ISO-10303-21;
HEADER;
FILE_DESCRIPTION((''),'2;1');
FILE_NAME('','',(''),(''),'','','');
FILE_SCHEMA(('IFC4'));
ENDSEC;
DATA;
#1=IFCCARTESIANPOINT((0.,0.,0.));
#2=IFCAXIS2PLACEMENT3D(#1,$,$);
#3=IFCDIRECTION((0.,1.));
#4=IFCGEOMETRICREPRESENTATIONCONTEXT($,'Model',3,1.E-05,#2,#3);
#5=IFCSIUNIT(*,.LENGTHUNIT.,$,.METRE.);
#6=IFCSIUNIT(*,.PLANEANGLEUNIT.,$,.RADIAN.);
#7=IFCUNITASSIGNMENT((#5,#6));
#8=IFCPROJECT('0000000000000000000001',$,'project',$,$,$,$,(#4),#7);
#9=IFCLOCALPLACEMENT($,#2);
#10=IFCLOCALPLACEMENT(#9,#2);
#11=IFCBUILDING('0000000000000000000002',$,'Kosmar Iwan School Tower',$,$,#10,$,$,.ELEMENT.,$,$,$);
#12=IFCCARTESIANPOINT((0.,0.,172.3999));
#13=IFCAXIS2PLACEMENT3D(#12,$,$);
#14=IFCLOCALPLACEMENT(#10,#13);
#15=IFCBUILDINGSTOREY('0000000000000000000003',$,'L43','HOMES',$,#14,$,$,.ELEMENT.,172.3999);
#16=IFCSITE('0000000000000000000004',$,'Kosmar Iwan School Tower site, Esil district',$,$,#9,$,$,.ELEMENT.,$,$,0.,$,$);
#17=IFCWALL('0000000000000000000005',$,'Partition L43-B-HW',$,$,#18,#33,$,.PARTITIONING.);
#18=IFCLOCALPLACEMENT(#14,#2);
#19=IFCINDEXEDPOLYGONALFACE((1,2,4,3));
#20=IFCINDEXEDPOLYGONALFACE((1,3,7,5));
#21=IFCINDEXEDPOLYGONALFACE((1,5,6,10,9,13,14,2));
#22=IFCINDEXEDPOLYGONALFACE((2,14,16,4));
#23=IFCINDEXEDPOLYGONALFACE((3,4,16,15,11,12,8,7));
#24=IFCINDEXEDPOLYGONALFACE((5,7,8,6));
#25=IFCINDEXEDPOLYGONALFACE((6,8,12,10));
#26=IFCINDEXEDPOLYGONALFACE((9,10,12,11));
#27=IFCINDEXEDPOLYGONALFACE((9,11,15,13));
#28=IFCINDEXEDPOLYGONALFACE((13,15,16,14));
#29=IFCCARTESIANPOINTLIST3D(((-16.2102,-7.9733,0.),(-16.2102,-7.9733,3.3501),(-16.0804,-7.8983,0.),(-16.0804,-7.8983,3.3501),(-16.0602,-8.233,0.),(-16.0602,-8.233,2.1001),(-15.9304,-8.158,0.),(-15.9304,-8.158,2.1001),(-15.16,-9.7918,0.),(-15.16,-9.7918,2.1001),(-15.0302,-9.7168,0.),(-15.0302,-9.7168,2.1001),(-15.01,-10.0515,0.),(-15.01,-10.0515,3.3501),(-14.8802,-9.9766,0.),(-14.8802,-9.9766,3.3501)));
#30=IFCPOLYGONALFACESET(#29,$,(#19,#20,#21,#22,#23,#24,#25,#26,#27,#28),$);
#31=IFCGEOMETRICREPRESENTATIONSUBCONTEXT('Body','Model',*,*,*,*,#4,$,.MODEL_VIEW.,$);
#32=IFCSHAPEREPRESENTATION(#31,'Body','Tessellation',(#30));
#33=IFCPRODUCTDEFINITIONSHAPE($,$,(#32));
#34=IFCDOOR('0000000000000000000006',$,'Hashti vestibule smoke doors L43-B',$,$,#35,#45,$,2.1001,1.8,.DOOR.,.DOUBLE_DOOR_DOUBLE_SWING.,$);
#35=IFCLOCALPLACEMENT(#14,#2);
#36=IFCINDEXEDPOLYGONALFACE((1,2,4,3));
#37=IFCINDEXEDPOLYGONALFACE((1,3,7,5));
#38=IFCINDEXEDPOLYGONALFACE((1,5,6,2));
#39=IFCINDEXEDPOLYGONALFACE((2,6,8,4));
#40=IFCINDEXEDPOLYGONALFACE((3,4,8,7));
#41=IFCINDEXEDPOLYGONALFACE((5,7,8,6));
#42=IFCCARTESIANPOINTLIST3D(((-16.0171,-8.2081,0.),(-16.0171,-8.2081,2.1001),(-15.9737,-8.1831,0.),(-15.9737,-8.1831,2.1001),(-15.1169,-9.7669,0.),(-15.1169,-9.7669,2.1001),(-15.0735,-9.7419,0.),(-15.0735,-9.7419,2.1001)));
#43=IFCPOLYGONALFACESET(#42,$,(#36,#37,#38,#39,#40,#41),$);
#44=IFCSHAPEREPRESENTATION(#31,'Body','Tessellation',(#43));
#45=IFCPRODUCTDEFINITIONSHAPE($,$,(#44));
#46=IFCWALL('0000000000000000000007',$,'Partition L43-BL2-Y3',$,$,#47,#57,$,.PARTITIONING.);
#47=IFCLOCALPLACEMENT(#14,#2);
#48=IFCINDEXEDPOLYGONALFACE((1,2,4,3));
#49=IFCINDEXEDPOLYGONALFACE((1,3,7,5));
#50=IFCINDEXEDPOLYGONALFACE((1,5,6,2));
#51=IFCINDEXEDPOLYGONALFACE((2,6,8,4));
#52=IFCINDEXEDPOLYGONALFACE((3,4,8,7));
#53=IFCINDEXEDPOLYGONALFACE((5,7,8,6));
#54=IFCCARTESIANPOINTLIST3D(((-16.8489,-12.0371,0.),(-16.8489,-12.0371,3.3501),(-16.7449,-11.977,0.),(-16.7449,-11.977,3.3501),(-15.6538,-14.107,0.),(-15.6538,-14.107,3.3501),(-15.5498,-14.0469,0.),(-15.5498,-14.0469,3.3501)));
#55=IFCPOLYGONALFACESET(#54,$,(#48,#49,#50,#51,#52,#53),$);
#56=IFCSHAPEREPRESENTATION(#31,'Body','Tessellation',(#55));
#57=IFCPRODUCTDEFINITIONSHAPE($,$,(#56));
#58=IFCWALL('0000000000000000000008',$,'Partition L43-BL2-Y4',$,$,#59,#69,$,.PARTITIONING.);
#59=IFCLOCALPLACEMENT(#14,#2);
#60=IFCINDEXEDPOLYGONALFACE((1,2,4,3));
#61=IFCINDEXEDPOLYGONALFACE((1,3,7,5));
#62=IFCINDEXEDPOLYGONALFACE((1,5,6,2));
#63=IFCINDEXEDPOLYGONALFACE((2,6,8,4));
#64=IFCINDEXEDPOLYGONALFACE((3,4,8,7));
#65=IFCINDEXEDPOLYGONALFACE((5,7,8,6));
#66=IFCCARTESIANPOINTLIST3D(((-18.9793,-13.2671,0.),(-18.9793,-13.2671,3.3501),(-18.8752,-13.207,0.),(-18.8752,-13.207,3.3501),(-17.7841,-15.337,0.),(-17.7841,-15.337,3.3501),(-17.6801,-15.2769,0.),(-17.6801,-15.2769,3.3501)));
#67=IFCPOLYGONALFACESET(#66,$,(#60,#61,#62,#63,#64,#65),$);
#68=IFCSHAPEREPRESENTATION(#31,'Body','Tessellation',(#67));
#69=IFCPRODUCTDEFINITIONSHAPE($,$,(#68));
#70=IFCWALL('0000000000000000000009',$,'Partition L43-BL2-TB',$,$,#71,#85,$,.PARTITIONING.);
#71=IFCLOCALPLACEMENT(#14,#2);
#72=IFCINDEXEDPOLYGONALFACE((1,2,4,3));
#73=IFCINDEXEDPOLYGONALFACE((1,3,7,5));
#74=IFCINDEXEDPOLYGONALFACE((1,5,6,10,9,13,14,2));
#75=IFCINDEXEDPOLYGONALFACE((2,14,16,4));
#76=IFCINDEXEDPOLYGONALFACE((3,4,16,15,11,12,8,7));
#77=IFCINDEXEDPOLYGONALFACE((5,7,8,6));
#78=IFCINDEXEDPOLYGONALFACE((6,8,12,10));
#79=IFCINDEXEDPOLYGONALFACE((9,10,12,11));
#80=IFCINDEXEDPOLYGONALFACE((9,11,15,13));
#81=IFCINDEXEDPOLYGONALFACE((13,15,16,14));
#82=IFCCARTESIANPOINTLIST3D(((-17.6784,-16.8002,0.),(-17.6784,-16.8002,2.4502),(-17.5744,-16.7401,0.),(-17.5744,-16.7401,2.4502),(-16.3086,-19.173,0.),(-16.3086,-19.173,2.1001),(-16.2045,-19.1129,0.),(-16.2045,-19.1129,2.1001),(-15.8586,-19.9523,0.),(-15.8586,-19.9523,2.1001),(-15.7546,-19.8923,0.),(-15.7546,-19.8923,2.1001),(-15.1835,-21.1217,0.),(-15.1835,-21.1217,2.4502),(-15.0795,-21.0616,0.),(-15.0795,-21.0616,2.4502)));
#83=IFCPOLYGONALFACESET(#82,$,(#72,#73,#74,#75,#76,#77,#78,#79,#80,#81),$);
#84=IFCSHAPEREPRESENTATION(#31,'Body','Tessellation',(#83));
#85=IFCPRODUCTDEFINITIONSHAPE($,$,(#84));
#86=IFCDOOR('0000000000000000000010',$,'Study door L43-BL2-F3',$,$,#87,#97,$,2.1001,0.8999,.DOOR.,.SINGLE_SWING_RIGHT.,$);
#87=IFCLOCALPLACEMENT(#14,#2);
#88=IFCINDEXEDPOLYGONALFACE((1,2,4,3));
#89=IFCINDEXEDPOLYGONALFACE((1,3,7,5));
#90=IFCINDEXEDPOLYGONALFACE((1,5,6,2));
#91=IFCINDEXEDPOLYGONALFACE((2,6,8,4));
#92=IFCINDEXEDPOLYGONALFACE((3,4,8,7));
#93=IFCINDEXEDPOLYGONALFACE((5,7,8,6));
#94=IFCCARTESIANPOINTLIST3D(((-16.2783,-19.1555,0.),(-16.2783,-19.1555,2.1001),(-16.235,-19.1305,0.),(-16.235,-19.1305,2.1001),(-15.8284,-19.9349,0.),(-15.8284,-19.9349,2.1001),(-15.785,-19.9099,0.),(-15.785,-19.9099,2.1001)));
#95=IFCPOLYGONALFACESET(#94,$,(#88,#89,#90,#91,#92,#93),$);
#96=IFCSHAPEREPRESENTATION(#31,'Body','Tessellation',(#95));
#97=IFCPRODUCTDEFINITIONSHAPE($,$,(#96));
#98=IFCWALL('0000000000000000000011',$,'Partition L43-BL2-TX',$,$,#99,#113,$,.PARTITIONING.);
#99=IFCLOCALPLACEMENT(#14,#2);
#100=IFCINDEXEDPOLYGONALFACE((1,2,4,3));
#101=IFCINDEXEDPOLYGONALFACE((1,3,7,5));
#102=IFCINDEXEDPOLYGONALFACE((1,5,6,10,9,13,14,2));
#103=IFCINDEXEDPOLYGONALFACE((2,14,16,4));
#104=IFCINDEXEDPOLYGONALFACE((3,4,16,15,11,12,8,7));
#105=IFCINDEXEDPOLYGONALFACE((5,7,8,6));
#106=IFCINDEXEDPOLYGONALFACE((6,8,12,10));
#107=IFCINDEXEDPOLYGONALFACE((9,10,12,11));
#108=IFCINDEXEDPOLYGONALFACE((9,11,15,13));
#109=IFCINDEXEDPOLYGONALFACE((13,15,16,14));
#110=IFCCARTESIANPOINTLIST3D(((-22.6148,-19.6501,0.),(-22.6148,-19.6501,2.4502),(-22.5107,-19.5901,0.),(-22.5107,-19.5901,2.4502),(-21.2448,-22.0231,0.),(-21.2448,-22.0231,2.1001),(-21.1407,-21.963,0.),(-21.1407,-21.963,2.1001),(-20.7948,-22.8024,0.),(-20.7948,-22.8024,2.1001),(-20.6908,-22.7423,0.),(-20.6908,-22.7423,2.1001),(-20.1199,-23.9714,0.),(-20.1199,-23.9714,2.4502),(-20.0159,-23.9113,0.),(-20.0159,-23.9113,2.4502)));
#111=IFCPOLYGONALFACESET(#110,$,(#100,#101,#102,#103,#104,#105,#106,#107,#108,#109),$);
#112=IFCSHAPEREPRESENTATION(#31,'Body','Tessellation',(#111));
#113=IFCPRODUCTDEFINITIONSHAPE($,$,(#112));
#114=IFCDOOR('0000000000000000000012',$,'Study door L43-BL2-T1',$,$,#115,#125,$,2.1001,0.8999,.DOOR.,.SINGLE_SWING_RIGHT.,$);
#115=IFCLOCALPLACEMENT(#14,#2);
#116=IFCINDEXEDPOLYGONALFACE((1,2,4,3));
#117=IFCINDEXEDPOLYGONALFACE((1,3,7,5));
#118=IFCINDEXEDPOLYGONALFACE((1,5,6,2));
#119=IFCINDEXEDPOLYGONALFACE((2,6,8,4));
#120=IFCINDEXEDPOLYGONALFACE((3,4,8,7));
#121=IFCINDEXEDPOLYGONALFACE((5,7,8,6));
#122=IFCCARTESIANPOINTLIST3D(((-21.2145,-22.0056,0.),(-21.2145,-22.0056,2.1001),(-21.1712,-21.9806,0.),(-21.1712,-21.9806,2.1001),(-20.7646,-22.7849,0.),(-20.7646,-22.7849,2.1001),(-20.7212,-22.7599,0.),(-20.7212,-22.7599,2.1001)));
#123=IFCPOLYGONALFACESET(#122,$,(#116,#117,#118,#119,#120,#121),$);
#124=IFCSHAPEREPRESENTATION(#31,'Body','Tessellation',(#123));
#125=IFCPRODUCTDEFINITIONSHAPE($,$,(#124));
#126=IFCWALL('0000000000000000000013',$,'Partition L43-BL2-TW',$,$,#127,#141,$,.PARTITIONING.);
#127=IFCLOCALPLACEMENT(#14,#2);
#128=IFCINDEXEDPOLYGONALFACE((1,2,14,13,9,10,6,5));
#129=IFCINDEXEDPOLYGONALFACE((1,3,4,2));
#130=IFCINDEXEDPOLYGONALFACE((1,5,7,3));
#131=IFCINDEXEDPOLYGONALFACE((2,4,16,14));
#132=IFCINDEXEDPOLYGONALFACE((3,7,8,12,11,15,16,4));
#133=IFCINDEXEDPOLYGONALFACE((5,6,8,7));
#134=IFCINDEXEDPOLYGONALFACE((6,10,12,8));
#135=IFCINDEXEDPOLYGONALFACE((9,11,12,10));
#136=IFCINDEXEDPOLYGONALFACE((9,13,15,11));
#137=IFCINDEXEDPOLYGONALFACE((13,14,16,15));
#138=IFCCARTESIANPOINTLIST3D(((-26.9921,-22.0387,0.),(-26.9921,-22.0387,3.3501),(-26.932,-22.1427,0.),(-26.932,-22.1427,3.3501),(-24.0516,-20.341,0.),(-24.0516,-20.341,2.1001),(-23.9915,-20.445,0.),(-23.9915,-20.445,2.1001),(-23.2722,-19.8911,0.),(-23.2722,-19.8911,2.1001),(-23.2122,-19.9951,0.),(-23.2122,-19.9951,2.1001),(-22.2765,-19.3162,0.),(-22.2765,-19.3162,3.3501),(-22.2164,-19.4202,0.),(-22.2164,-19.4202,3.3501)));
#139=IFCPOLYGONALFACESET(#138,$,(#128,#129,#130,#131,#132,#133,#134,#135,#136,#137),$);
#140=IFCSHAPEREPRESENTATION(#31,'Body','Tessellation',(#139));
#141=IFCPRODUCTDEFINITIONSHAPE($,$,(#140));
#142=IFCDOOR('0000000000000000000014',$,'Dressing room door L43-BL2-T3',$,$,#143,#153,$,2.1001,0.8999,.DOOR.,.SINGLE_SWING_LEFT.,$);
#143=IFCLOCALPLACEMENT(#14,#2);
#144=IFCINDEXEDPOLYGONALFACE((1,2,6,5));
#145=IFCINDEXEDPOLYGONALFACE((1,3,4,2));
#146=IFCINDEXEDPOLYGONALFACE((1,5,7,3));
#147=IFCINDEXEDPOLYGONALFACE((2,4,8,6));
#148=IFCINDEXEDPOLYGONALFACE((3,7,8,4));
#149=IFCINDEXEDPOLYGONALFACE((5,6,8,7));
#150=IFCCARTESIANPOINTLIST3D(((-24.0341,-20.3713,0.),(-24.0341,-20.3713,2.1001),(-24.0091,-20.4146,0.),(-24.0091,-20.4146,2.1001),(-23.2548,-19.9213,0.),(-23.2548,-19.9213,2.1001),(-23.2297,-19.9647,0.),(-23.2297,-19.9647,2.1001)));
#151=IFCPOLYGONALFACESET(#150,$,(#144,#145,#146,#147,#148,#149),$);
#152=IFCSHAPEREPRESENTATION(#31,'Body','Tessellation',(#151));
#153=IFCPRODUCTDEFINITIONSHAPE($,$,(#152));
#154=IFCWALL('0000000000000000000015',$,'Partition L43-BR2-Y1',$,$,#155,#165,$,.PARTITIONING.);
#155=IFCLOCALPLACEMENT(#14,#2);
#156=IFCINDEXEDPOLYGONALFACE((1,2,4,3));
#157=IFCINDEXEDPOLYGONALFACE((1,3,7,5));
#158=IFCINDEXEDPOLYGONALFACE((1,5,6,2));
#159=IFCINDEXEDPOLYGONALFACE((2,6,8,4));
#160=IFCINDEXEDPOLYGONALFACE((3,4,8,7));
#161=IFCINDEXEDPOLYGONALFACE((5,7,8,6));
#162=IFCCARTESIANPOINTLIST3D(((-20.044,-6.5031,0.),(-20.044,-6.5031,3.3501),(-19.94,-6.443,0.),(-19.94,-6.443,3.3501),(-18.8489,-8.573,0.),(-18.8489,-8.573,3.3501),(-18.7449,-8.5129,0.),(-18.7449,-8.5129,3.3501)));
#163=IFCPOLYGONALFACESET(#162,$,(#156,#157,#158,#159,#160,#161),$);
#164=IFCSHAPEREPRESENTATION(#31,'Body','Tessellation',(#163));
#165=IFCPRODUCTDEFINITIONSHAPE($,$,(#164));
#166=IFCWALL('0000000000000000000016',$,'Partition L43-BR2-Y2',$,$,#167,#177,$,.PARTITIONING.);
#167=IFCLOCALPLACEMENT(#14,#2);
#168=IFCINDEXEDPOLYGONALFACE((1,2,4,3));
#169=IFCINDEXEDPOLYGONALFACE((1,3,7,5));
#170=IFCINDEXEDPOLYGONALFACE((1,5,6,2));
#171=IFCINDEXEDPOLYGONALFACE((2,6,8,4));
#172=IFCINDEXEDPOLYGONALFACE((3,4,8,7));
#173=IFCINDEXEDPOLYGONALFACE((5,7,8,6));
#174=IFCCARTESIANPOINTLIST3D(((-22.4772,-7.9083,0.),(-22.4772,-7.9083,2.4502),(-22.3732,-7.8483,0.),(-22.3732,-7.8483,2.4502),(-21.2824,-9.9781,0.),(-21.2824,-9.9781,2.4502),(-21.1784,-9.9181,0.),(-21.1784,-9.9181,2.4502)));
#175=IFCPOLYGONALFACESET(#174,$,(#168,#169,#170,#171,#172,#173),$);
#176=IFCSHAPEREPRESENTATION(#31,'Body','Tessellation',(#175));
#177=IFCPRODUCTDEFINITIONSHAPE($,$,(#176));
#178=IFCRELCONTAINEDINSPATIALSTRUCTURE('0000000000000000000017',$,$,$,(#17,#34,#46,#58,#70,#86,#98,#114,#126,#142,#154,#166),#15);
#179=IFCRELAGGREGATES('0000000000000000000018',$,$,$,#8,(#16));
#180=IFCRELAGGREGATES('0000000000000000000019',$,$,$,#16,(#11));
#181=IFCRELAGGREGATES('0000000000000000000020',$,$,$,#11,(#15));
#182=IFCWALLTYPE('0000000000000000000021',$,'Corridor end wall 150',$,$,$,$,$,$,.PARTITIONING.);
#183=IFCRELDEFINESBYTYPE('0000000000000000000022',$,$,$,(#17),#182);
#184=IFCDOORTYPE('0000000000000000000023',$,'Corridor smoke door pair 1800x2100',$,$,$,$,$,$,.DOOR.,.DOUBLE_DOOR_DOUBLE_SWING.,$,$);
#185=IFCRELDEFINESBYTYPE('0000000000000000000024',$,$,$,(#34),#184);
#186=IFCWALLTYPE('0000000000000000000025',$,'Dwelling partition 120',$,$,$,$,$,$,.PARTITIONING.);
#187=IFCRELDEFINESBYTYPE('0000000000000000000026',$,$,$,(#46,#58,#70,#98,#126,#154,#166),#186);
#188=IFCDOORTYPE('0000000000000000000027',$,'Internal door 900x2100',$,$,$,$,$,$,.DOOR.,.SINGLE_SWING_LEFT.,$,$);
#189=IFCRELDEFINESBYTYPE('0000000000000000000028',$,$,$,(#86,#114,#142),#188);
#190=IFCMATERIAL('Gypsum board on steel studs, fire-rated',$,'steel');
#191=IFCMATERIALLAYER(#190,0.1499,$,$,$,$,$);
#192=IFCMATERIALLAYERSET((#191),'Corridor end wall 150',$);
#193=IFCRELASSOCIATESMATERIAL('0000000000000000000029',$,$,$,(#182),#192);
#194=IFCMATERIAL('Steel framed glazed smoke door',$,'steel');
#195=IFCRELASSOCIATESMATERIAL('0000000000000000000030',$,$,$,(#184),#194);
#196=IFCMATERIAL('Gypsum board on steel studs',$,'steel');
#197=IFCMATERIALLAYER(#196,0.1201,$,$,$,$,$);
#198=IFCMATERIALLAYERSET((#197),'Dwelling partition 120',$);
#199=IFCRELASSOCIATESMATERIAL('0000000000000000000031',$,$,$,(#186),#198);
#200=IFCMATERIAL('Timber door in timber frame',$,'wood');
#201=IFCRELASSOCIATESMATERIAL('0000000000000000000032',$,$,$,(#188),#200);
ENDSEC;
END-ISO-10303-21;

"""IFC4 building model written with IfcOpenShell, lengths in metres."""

from ifc_helpers import new_model, si_unit, direction, frame, frame_2d, origin, place, context, subcontext, project, spatial, rectangle, extrude, material, layer, layer_set, type_object, element, fill, save


model = new_model("IFC4")

# Units and contexts
model_context = context("Model", 3, precision=1e-05, world=origin(), true_north=direction((0.0, 1.0)))
body_context = subcontext(model_context, "Body", "Model", "MODEL_VIEW")
ifc_project = project(units=[si_unit("LENGTHUNIT", "METRE"), si_unit("PLANEANGLEUNIT", "RADIAN")], contexts=[model_context])

# Site, building, storey
site_placement = place(None, origin())
site = spatial("IfcSite", under=ifc_project, at=site_placement, Name="Kosmar Iwan School Tower site, Esil district", CompositionType="ELEMENT", RefElevation=0.0)
building_placement = place(site_placement, origin())
building = spatial("IfcBuilding", under=site, at=building_placement, Name="Kosmar Iwan School Tower", CompositionType="ELEMENT")
storey_placement = place(building_placement, frame((0.0, 0.0, 172.3999)))
storey = spatial("IfcBuildingStorey", under=building, at=storey_placement, Name="L43", Description="HOMES", CompositionType="ELEMENT", Elevation=172.3999)

# Wall, opening, door
ifc_material_1 = material(Name="Gypsum board on steel studs, fire-rated", Category="steel")
ifc_layer_1 = layer(ifc_material_1, 0.1499)
ifc_layer_set_1 = layer_set([ifc_layer_1], Name="Corridor end wall 150")
wall_type_1 = type_object("IfcWallType", Name="Corridor end wall 150", PredefinedType="PARTITIONING", material=ifc_layer_set_1)
wall_1_placement = place(storey_placement, frame((-16.1453, -7.9358, 0.0), z_axis=(0.0, 0.0, 1.0), x_axis=(0.500078, -0.865981, 0.0)))
wall_1 = element("IfcWall", 1, at=wall_1_placement, inside=storey, type_object=wall_type_1, Name="Partition L43-B-HW", PredefinedType="PARTITIONING", context=body_context, shape_type="SweptSolid", body=[
    extrude(rectangle(XDim=2.3999, YDim=0.1499, at=frame_2d((1.2, 0.0))), origin(), (0.0, 0.0, 1.0), 3.3501),
])
opening_1_placement = place(wall_1_placement, frame((0.3, 0.0, 0.0)))
opening_1 = element("IfcOpeningElement", 2, at=opening_1_placement, cuts=wall_1, PredefinedType="OPENING", context=body_context, shape_type="SweptSolid", body=[
    extrude(rectangle(XDim=1.8, YDim=2.1001, at=frame_2d((0.8999, 1.05))), frame((0.0, 0.0869, 0.0), z_axis=(0.0, -1.0, 0.0), x_axis=(1.0, 0.0, 0.0)), (0.0, 0.0, 1.0), 0.1738),
])
ifc_material_2 = material(Name="Steel framed glazed smoke door", Category="steel")
door_type_1 = type_object("IfcDoorType", Name="Corridor smoke door pair 1800x2100", OperationType="DOUBLE_DOOR_DOUBLE_SWING", PredefinedType="DOOR", material=ifc_material_2)
door_1_placement = place(opening_1_placement, origin())
door_1 = element("IfcDoor", 3, at=door_1_placement, inside=storey, type_object=door_type_1, Name="Hashti vestibule smoke doors L43-B", OperationType="DOUBLE_DOOR_DOUBLE_SWING", OverallHeight=2.1001, OverallWidth=1.8, PredefinedType="DOOR", context=body_context, shape_type="SweptSolid", body=[
    extrude(rectangle(XDim=1.8, YDim=2.1001, at=frame_2d((0.8999, 1.05))), frame((0.0, 0.0249, 0.0), z_axis=(0.0, -1.0, 0.0), x_axis=(1.0, 0.0, 0.0)), (0.0, 0.0, 1.0), 0.05),
])
fill(opening_1, door_1)

# Walls
ifc_material_3 = material(Name="Gypsum board on steel studs", Category="steel")
ifc_layer_2 = layer(ifc_material_3, 0.1201)
ifc_layer_set_2 = layer_set([ifc_layer_2], Name="Dwelling partition 120")
wall_type_2 = type_object("IfcWallType", Name="Dwelling partition 120", PredefinedType="PARTITIONING", material=ifc_layer_set_2)
for number, where, z_axis, x_axis, name in (
    (4, (-16.7969, -12.0071, 0.0), (0.0, 0.0, 1.0), (0.500017, -0.866015, 0.0), "Partition L43-BL2-Y3"),
    (5, (-18.9272, -13.2371, 0.0), (0.0, 0.0, 1.0), (0.500017, -0.866015, 0.0), "Partition L43-BL2-Y4"),
):
    element("IfcWall", number, at=place(storey_placement, frame(where, z_axis=z_axis, x_axis=x_axis)), inside=storey, type_object=wall_type_2, Name=name, PredefinedType="PARTITIONING", context=body_context, shape_type="SweptSolid", body=[
        extrude(rectangle(XDim=2.3901, YDim=0.1201, at=frame_2d((1.1951, 0.0))), origin(), (0.0, 0.0, 1.0), 3.3501),
    ])

# Walls, openings, doors
wall_2_placement = place(storey_placement, frame((-17.6265, -16.77, 0.0), z_axis=(0.0, 0.0, 1.0), x_axis=(0.499975, -0.86604, 0.0)))
wall_2 = element("IfcWall", 6, at=wall_2_placement, inside=storey, type_object=wall_type_2, Name="Partition L43-BL2-TB", PredefinedType="PARTITIONING", context=body_context, shape_type="SweptSolid", body=[
    extrude(rectangle(XDim=4.99, YDim=0.1201, at=frame_2d((2.4951, 0.0))), origin(), (0.0, 0.0, 1.0), 2.4502),
])
opening_2_placement = place(wall_2_placement, frame((2.74, 0.0, 0.0)))
opening_2 = element("IfcOpeningElement", 7, at=opening_2_placement, cuts=wall_2, PredefinedType="OPENING", context=body_context, shape_type="SweptSolid", body=[
    extrude(rectangle(XDim=0.8999, YDim=2.1001, at=frame_2d((0.45, 1.05))), frame((0.0, 0.072, 0.0), z_axis=(0.0, -1.0, 0.0), x_axis=(1.0, 0.0, 0.0)), (0.0, 0.0, 1.0), 0.144),
])
ifc_material_4 = material(Name="Timber door in timber frame", Category="wood")
door_type_2 = type_object("IfcDoorType", Name="Internal door 900x2100", OperationType="SINGLE_SWING_LEFT", PredefinedType="DOOR", material=ifc_material_4)
door_2_placement = place(opening_2_placement, origin())
door_2 = element("IfcDoor", 8, at=door_2_placement, inside=storey, type_object=door_type_2, Name="Study door L43-BL2-F3", OperationType="SINGLE_SWING_RIGHT", OverallHeight=2.1001, OverallWidth=0.8999, PredefinedType="DOOR", context=body_context, shape_type="SweptSolid", body=[
    extrude(rectangle(XDim=0.8999, YDim=2.1001, at=frame_2d((0.45, 1.05))), frame((0.0, 0.0249, 0.0), z_axis=(0.0, -1.0, 0.0), x_axis=(1.0, 0.0, 0.0)), (0.0, 0.0, 1.0), 0.05),
])
fill(opening_2, door_2)
wall_3_placement = place(storey_placement, frame((-22.5627, -19.6201, 0.0), z_axis=(0.0, 0.0, 1.0), x_axis=(0.499996, -0.866028, 0.0)))
wall_3 = element("IfcWall", 9, at=wall_3_placement, inside=storey, type_object=wall_type_2, Name="Partition L43-BL2-TX", PredefinedType="PARTITIONING", context=body_context, shape_type="SweptSolid", body=[
    extrude(rectangle(XDim=4.9897, YDim=0.1201, at=frame_2d((2.4949, 0.0))), origin(), (0.0, 0.0, 1.0), 2.4502),
])
opening_3_placement = place(wall_3_placement, frame((2.74, 0.0, 0.0)))
opening_3 = element("IfcOpeningElement", 10, at=opening_3_placement, cuts=wall_3, PredefinedType="OPENING", context=body_context, shape_type="SweptSolid", body=[
    extrude(rectangle(XDim=0.8999, YDim=2.1001, at=frame_2d((0.45, 1.05))), frame((0.0, 0.072, 0.0), z_axis=(0.0, -1.0, 0.0), x_axis=(1.0, 0.0, 0.0)), (0.0, 0.0, 1.0), 0.144),
])
door_3_placement = place(opening_3_placement, origin())
door_3 = element("IfcDoor", 11, at=door_3_placement, inside=storey, type_object=door_type_2, Name="Study door L43-BL2-T1", OperationType="SINGLE_SWING_RIGHT", OverallHeight=2.1001, OverallWidth=0.8999, PredefinedType="DOOR", context=body_context, shape_type="SweptSolid", body=[
    extrude(rectangle(XDim=0.8999, YDim=2.1001, at=frame_2d((0.45, 1.05))), frame((0.0, 0.0249, 0.0), z_axis=(0.0, -1.0, 0.0), x_axis=(1.0, 0.0, 0.0)), (0.0, 0.0, 1.0), 0.05),
])
fill(opening_3, door_3)
wall_4_placement = place(storey_placement, frame((-22.2463, -19.3682, 0.0), z_axis=(0.0, 0.0, 1.0), x_axis=(-0.866036, -0.499982, 0.0)))
wall_4 = element("IfcWall", 12, at=wall_4_placement, inside=storey, type_object=wall_type_2, Name="Partition L43-BL2-TW", PredefinedType="PARTITIONING", context=body_context, shape_type="SweptSolid", body=[
    extrude(rectangle(XDim=5.4451, YDim=0.1201, at=frame_2d((2.7227, 0.0))), origin(), (0.0, 0.0, 1.0), 3.3501),
])
opening_4_placement = place(wall_4_placement, frame((1.1499, 0.0, 0.0)))
opening_4 = element("IfcOpeningElement", 13, at=opening_4_placement, cuts=wall_4, PredefinedType="OPENING", context=body_context, shape_type="SweptSolid", body=[
    extrude(rectangle(XDim=0.8999, YDim=2.1001, at=frame_2d((0.45, 1.05))), frame((0.0, 0.072, 0.0), z_axis=(0.0, -1.0, 0.0), x_axis=(1.0, 0.0, 0.0)), (0.0, 0.0, 1.0), 0.144),
])
door_4_placement = place(opening_4_placement, origin())
door_4 = element("IfcDoor", 14, at=door_4_placement, inside=storey, type_object=door_type_2, Name="Dressing room door L43-BL2-T3", OperationType="SINGLE_SWING_LEFT", OverallHeight=2.1001, OverallWidth=0.8999, PredefinedType="DOOR", context=body_context, shape_type="SweptSolid", body=[
    extrude(rectangle(XDim=0.8999, YDim=2.1001, at=frame_2d((0.45, 1.05))), frame((0.0, 0.0249, 0.0), z_axis=(0.0, -1.0, 0.0), x_axis=(1.0, 0.0, 0.0)), (0.0, 0.0, 1.0), 0.05),
])
fill(opening_4, door_4)

# Walls
wall_5_placement = place(storey_placement, frame((-18.7969, -8.543, 0.0), z_axis=(0.0, 0.0, 1.0), x_axis=(-0.500017, 0.866015, 0.0)))
element("IfcWall", 15, at=wall_5_placement, inside=storey, type_object=wall_type_2, Name="Partition L43-BR2-Y1", PredefinedType="PARTITIONING", context=body_context, shape_type="SweptSolid", body=[
    extrude(rectangle(XDim=2.3901, YDim=0.1201, at=frame_2d((1.1951, 0.0))), origin(), (0.0, 0.0, 1.0), 3.3501),
])
wall_6_placement = place(storey_placement, frame((-21.2305, -9.948, 0.0), z_axis=(0.0, 0.0, 1.0), x_axis=(-0.499941, 0.86606, 0.0)))
element("IfcWall", 16, at=wall_6_placement, inside=storey, type_object=wall_type_2, Name="Partition L43-BR2-Y2", PredefinedType="PARTITIONING", context=body_context, shape_type="SweptSolid", body=[
    extrude(rectangle(XDim=2.3899, YDim=0.1201, at=frame_2d((1.1948, 0.0))), origin(), (0.0, 0.0, 1.0), 2.4502),
])

save(model, "model.ifc")
